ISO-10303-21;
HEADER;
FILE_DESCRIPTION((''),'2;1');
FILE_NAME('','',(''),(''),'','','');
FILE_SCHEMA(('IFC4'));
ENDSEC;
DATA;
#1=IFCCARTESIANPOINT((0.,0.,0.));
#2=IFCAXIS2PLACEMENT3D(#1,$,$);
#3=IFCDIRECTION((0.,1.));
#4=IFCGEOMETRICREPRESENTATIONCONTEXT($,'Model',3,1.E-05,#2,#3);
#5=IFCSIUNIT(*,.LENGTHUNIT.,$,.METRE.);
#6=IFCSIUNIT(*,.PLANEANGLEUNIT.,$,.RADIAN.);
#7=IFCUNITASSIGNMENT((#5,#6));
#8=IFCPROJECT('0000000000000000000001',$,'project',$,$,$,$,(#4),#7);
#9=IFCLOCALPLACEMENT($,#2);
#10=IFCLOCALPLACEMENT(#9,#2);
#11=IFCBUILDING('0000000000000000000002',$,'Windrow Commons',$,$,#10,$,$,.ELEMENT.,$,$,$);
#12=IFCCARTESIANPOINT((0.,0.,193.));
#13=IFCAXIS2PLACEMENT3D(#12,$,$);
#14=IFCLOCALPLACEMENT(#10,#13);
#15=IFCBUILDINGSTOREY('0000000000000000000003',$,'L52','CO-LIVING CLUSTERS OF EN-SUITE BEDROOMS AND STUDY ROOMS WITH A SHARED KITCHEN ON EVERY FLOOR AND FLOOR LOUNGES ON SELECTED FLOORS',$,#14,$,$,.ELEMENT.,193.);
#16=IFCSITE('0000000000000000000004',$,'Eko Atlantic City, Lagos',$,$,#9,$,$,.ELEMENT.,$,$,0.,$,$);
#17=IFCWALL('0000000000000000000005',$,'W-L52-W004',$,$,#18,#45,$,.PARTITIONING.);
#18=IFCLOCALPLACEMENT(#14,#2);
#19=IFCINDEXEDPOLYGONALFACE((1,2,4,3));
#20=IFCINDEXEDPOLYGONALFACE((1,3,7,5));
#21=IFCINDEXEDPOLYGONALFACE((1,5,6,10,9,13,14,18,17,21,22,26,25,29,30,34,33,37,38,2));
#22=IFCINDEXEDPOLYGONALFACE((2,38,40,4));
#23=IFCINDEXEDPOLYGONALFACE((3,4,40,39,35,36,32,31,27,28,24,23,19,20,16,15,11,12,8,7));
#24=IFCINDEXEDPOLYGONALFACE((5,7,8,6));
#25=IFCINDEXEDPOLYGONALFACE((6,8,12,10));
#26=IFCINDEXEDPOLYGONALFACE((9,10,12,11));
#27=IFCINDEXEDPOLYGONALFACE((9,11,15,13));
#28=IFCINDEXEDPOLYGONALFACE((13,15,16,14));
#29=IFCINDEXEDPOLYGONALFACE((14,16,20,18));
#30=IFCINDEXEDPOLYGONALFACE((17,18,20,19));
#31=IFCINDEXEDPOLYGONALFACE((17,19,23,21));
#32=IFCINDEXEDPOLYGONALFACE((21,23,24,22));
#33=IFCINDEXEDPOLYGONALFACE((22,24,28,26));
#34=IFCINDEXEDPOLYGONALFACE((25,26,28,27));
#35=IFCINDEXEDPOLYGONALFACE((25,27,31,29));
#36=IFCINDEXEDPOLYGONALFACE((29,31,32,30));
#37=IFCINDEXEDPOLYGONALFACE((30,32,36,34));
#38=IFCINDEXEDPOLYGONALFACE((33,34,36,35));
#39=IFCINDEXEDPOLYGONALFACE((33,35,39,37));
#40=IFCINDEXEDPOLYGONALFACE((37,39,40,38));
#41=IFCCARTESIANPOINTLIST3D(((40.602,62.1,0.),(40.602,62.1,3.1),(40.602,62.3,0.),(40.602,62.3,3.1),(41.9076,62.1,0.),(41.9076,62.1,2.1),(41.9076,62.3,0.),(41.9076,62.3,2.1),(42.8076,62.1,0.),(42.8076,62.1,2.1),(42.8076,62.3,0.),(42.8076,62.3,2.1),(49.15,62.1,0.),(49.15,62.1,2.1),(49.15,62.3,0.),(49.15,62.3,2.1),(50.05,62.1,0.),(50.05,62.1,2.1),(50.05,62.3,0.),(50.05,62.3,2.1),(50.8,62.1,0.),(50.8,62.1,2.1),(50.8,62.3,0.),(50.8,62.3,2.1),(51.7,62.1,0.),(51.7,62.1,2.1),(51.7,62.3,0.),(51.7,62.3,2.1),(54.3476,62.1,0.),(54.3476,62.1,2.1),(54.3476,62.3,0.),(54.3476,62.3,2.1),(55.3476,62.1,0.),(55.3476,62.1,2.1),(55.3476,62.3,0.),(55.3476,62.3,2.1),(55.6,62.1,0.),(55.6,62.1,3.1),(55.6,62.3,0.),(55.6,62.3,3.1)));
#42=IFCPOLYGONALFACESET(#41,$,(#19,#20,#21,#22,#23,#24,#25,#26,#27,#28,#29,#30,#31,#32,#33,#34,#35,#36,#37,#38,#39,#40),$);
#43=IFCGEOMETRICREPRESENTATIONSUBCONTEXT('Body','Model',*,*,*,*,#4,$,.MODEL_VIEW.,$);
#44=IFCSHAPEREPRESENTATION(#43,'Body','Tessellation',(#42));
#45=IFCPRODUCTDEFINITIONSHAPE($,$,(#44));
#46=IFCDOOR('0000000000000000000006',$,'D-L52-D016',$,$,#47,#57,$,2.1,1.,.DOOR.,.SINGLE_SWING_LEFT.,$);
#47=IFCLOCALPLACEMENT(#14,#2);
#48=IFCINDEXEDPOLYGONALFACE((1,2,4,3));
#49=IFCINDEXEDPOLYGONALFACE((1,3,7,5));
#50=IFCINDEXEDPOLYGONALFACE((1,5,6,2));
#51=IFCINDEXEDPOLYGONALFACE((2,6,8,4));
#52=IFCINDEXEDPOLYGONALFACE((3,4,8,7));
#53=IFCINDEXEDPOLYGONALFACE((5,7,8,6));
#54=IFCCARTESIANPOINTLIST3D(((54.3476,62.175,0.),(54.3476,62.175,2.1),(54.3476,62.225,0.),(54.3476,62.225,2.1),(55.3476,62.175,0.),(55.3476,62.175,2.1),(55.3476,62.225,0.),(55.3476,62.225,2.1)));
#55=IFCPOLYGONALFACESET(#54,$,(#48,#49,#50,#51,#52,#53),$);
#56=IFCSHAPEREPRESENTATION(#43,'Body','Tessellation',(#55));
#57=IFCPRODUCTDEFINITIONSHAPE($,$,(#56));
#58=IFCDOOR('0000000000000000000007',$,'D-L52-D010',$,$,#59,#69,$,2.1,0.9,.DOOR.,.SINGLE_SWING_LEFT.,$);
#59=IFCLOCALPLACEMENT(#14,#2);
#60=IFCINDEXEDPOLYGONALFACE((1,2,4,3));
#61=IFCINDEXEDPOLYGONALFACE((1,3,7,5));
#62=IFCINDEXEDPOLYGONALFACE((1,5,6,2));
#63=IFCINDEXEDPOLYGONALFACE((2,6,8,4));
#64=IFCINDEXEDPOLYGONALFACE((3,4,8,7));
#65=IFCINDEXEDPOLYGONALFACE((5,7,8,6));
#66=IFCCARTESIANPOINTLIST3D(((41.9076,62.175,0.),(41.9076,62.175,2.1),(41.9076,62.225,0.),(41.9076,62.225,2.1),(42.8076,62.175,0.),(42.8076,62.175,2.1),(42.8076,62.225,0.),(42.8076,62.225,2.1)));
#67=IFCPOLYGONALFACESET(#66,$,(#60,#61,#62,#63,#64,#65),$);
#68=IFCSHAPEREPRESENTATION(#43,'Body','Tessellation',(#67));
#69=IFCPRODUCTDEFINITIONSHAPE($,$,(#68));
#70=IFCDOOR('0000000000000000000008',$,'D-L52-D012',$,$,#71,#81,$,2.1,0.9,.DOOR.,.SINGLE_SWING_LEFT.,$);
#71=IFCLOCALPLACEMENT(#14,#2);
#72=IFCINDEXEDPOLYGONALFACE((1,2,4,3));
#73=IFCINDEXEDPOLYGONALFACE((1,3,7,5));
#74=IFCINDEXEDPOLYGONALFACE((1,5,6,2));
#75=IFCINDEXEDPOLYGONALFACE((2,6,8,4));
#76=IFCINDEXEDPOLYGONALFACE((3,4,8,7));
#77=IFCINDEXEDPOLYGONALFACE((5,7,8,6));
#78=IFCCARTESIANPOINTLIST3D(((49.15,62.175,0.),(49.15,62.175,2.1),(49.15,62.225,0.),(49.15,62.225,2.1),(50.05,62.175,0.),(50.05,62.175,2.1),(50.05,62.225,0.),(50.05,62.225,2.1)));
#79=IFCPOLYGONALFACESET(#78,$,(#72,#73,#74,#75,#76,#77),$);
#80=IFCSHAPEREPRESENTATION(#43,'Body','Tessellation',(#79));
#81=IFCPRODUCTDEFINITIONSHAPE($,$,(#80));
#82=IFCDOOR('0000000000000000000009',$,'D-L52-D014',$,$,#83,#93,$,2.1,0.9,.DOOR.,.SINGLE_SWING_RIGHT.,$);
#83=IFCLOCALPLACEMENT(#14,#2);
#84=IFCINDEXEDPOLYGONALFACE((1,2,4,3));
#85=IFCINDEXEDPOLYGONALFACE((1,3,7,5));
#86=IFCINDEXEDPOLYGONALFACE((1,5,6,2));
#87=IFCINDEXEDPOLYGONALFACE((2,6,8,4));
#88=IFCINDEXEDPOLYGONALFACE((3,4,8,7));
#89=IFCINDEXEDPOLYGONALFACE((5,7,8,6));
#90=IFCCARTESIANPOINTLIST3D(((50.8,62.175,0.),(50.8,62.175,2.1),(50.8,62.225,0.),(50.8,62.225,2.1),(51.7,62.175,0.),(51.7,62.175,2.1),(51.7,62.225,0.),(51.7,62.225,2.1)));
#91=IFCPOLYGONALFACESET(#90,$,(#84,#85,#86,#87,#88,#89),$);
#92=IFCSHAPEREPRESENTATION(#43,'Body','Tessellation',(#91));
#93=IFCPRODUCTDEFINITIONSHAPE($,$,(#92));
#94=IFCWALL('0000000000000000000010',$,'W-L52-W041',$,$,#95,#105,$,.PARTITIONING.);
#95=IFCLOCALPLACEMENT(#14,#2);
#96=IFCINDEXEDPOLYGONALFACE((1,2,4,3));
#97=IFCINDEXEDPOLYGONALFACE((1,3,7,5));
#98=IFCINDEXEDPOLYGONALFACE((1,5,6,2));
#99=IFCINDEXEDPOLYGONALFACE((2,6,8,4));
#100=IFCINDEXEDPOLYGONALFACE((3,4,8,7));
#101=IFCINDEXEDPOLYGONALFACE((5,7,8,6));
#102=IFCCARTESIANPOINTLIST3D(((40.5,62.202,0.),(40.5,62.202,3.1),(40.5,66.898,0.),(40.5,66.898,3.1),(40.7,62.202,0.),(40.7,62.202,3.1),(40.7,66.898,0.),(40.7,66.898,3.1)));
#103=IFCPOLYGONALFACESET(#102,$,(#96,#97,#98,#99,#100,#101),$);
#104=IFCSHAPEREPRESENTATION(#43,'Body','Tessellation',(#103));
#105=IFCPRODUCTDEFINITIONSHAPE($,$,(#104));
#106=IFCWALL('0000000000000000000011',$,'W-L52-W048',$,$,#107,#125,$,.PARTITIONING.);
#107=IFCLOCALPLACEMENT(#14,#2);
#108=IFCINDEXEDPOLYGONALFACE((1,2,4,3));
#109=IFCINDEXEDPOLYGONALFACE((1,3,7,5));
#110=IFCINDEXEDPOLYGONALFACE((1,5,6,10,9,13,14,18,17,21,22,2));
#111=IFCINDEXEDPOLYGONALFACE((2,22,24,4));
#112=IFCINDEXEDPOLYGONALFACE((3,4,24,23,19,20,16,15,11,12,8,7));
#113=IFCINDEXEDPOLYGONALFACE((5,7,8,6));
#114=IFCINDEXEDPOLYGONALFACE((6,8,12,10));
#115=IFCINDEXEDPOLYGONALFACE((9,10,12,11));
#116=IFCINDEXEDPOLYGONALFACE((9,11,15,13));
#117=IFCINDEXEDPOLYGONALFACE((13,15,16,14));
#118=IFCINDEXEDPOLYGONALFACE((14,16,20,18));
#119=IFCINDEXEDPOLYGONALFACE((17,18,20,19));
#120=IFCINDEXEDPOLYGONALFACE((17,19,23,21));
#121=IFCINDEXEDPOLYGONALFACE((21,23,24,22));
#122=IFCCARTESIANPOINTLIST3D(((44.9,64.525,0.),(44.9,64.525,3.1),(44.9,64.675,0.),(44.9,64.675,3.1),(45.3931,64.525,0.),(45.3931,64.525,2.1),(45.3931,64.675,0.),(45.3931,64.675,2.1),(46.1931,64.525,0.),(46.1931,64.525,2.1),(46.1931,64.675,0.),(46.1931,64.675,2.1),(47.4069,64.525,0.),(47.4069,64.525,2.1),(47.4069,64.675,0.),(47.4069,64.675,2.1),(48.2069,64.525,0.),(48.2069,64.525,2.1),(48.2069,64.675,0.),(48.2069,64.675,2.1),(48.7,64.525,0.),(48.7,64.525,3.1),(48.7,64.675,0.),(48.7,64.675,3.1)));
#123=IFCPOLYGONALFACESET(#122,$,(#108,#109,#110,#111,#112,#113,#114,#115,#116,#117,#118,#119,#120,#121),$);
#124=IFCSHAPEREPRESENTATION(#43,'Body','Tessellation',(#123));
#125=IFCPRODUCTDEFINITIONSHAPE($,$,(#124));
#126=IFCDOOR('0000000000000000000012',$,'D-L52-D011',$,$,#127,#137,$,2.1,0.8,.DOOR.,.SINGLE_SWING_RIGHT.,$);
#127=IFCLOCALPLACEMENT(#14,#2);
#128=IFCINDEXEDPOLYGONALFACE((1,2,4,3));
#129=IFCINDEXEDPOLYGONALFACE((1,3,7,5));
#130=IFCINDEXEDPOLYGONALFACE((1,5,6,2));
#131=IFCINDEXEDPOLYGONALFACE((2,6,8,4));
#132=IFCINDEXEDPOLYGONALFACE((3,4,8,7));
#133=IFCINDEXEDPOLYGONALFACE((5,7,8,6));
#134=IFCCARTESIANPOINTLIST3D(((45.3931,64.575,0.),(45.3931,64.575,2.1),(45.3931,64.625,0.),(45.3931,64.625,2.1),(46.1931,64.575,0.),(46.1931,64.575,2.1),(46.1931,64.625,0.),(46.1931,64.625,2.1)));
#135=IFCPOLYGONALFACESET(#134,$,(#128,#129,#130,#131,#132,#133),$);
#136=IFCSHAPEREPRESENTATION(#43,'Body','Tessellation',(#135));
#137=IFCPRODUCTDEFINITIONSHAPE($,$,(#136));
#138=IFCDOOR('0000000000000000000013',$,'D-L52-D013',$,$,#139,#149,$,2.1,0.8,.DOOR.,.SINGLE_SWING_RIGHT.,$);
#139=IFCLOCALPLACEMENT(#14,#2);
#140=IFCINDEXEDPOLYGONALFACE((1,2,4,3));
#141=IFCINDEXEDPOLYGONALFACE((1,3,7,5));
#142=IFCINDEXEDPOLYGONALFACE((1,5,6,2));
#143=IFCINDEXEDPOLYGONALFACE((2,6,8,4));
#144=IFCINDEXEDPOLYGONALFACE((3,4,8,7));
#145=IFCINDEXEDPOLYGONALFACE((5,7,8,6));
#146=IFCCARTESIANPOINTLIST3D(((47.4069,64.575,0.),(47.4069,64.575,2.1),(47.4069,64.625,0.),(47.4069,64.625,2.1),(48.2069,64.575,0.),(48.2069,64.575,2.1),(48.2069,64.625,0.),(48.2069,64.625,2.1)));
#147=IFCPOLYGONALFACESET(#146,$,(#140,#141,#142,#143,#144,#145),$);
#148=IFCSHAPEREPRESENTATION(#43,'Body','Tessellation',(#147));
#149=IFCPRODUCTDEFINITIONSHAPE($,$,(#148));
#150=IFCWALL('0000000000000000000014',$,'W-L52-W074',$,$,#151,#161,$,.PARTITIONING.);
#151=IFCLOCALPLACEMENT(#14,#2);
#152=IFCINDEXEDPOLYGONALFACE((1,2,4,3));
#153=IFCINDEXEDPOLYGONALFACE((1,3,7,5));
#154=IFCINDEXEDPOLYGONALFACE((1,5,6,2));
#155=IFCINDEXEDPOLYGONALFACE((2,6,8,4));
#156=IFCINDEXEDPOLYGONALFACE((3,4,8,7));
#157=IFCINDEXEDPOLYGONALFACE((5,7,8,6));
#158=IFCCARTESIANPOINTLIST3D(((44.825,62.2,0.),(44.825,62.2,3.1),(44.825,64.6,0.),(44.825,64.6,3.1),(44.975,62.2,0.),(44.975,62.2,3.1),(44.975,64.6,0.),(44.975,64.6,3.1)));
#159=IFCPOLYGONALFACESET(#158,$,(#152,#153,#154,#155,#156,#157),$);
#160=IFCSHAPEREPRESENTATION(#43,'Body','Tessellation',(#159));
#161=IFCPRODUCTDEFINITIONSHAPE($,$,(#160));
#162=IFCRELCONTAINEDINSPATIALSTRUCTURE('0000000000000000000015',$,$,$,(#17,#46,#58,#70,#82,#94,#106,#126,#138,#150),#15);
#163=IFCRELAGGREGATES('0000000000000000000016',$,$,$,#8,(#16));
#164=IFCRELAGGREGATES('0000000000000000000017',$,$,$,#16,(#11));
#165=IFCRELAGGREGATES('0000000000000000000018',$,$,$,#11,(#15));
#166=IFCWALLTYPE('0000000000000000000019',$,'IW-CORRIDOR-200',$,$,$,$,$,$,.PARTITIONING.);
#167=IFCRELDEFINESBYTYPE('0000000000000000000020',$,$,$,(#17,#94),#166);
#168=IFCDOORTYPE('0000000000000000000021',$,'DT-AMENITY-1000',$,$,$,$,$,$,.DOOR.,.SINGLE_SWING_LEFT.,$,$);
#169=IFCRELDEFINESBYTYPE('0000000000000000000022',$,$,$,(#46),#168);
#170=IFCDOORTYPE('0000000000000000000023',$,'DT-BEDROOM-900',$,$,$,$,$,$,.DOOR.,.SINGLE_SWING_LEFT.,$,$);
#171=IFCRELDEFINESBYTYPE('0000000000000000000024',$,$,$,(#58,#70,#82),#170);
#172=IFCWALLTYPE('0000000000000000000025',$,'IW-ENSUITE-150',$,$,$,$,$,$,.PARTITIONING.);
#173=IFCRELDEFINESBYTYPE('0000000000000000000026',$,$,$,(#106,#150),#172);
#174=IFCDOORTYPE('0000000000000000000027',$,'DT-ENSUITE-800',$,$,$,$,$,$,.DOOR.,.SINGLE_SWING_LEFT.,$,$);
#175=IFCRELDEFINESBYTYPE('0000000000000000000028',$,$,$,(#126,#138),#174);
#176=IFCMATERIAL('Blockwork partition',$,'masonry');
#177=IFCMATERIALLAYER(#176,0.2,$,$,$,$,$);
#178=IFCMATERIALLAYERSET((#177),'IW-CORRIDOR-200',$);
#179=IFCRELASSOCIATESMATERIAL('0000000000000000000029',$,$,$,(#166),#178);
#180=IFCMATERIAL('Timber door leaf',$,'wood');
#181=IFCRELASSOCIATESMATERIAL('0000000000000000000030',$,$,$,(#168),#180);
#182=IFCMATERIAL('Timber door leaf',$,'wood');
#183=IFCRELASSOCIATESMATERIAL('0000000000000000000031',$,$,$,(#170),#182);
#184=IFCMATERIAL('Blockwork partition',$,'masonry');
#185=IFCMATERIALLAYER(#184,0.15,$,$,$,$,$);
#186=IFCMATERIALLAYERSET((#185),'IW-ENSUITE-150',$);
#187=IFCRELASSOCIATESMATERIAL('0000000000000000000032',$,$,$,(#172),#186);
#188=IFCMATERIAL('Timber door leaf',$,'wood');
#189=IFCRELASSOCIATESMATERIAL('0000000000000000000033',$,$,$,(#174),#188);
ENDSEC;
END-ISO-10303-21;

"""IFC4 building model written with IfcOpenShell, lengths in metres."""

from ifc_helpers import new_model, si_unit, direction, frame, frame_2d, origin, place, context, subcontext, project, spatial, rectangle, extrude, material, layer, layer_set, type_object, element, fill, save


model = new_model("IFC4")

# Units and contexts
model_context = context("Model", 3, precision=1e-05, world=origin(), true_north=direction((0.0, 1.0)))
body_context = subcontext(model_context, "Body", "Model", "MODEL_VIEW")
ifc_project = project(units=[si_unit("LENGTHUNIT", "METRE"), si_unit("PLANEANGLEUNIT", "RADIAN")], contexts=[model_context])

# Site, building, storey
site_placement = place(None, origin())
site = spatial("IfcSite", under=ifc_project, at=site_placement, Name="Eko Atlantic City, Lagos", CompositionType="ELEMENT", RefElevation=0.0)
building_placement = place(site_placement, origin())
building = spatial("IfcBuilding", under=site, at=building_placement, Name="Windrow Commons", CompositionType="ELEMENT")
storey_placement = place(building_placement, frame((0.0, 0.0, 193.0)))
storey = spatial("IfcBuildingStorey", under=building, at=storey_placement, Name="L52", Description="CO-LIVING CLUSTERS OF EN-SUITE BEDROOMS AND STUDY ROOMS WITH A SHARED KITCHEN ON EVERY FLOOR AND FLOOR LOUNGES ON SELECTED FLOORS", CompositionType="ELEMENT", Elevation=193.0)

# Wall, openings, doors
ifc_material_1 = material(Name="Blockwork partition", Category="masonry")
ifc_layer_1 = layer(ifc_material_1, 0.2)
ifc_layer_set_1 = layer_set([ifc_layer_1], Name="IW-CORRIDOR-200")
wall_type_1 = type_object("IfcWallType", Name="IW-CORRIDOR-200", PredefinedType="PARTITIONING", material=ifc_layer_set_1)
wall_1_placement = place(storey_placement, frame((40.602, 62.2, 0.0), z_axis=(0.0, 0.0, 1.0), x_axis=(1.0, 0.0, 0.0)))
wall_1 = element("IfcWall", 1, at=wall_1_placement, inside=storey, type_object=wall_type_1, Name="W-L52-W004", PredefinedType="PARTITIONING", context=body_context, shape_type="SweptSolid", body=[
    extrude(rectangle(XDim=14.998, YDim=0.2, at=frame_2d((7.499, 0.0))), origin(), (0.0, 0.0, 1.0), 3.1),
])
opening_1_placement = place(wall_1_placement, frame((1.3056, 0.0, 0.0)))
opening_1 = element("IfcOpeningElement", 2, at=opening_1_placement, cuts=wall_1, PredefinedType="OPENING", context=body_context, shape_type="SweptSolid", body=[
    extrude(rectangle(XDim=0.9, YDim=2.1, at=frame_2d((0.45, 1.05))), frame((0.0, 0.11, 0.0), z_axis=(0.0, -1.0, 0.0), x_axis=(1.0, 0.0, 0.0)), (0.0, 0.0, 1.0), 0.22),
])
opening_2_placement = place(wall_1_placement, frame((8.548, 0.0, 0.0)))
opening_2 = element("IfcOpeningElement", 3, at=opening_2_placement, cuts=wall_1, PredefinedType="OPENING", context=body_context, shape_type="SweptSolid", body=[
    extrude(rectangle(XDim=0.9, YDim=2.1, at=frame_2d((0.45, 1.05))), frame((0.0, 0.11, 0.0), z_axis=(0.0, -1.0, 0.0), x_axis=(1.0, 0.0, 0.0)), (0.0, 0.0, 1.0), 0.22),
])
opening_3_placement = place(wall_1_placement, frame((10.198, 0.0, 0.0)))
opening_3 = element("IfcOpeningElement", 4, at=opening_3_placement, cuts=wall_1, PredefinedType="OPENING", context=body_context, shape_type="SweptSolid", body=[
    extrude(rectangle(XDim=0.9, YDim=2.1, at=frame_2d((0.45, 1.05))), frame((0.0, 0.11, 0.0), z_axis=(0.0, -1.0, 0.0), x_axis=(1.0, 0.0, 0.0)), (0.0, 0.0, 1.0), 0.22),
])
opening_4_placement = place(wall_1_placement, frame((13.7456, 0.0, 0.0)))
opening_4 = element("IfcOpeningElement", 5, at=opening_4_placement, cuts=wall_1, PredefinedType="OPENING", context=body_context, shape_type="SweptSolid", body=[
    extrude(rectangle(XDim=1.0, YDim=2.1, at=frame_2d((0.5, 1.05))), frame((0.0, 0.11, 0.0), z_axis=(0.0, -1.0, 0.0), x_axis=(1.0, 0.0, 0.0)), (0.0, 0.0, 1.0), 0.22),
])
ifc_material_2 = material(Name="Timber door leaf", Category="wood")
door_type_1 = type_object("IfcDoorType", Name="DT-AMENITY-1000", OperationType="SINGLE_SWING_LEFT", PredefinedType="DOOR", material=ifc_material_2)
door_1_placement = place(opening_4_placement, origin())
door_1 = element("IfcDoor", 6, at=door_1_placement, inside=storey, type_object=door_type_1, Name="D-L52-D016", OperationType="SINGLE_SWING_LEFT", OverallHeight=2.1, OverallWidth=1.0, PredefinedType="DOOR", context=body_context, shape_type="SweptSolid", body=[
    extrude(rectangle(XDim=1.0, YDim=2.1, at=frame_2d((0.5, 1.05))), frame((0.0, 0.025, 0.0), z_axis=(0.0, -1.0, 0.0), x_axis=(1.0, 0.0, 0.0)), (0.0, 0.0, 1.0), 0.05),
])
fill(opening_4, door_1)
ifc_material_3 = material(Name="Timber door leaf", Category="wood")
door_type_2 = type_object("IfcDoorType", Name="DT-BEDROOM-900", OperationType="SINGLE_SWING_LEFT", PredefinedType="DOOR", material=ifc_material_3)
door_2_placement = place(opening_1_placement, origin())
door_2 = element("IfcDoor", 7, at=door_2_placement, inside=storey, type_object=door_type_2, Name="D-L52-D010", OperationType="SINGLE_SWING_LEFT", OverallHeight=2.1, OverallWidth=0.9, PredefinedType="DOOR", context=body_context, shape_type="SweptSolid", body=[
    extrude(rectangle(XDim=0.9, YDim=2.1, at=frame_2d((0.45, 1.05))), frame((0.0, 0.025, 0.0), z_axis=(0.0, -1.0, 0.0), x_axis=(1.0, 0.0, 0.0)), (0.0, 0.0, 1.0), 0.05),
])
fill(opening_1, door_2)
door_3_placement = place(opening_2_placement, origin())
door_3 = element("IfcDoor", 8, at=door_3_placement, inside=storey, type_object=door_type_2, Name="D-L52-D012", OperationType="SINGLE_SWING_LEFT", OverallHeight=2.1, OverallWidth=0.9, PredefinedType="DOOR", context=body_context, shape_type="SweptSolid", body=[
    extrude(rectangle(XDim=0.9, YDim=2.1, at=frame_2d((0.45, 1.05))), frame((0.0, 0.025, 0.0), z_axis=(0.0, -1.0, 0.0), x_axis=(1.0, 0.0, 0.0)), (0.0, 0.0, 1.0), 0.05),
])
fill(opening_2, door_3)
door_4_placement = place(opening_3_placement, origin())
door_4 = element("IfcDoor", 9, at=door_4_placement, inside=storey, type_object=door_type_2, Name="D-L52-D014", OperationType="SINGLE_SWING_RIGHT", OverallHeight=2.1, OverallWidth=0.9, PredefinedType="DOOR", context=body_context, shape_type="SweptSolid", body=[
    extrude(rectangle(XDim=0.9, YDim=2.1, at=frame_2d((0.45, 1.05))), frame((0.0, 0.025, 0.0), z_axis=(0.0, -1.0, 0.0), x_axis=(1.0, 0.0, 0.0)), (0.0, 0.0, 1.0), 0.05),
])
fill(opening_3, door_4)

# Wall
wall_2_placement = place(storey_placement, frame((40.6, 62.202, 0.0), z_axis=(0.0, 0.0, 1.0), x_axis=(0.0, 1.0, 0.0)))
element("IfcWall", 10, at=wall_2_placement, inside=storey, type_object=wall_type_1, Name="W-L52-W041", PredefinedType="PARTITIONING", context=body_context, shape_type="SweptSolid", body=[
    extrude(rectangle(XDim=4.696, YDim=0.2, at=frame_2d((2.348, 0.0))), origin(), (0.0, 0.0, 1.0), 3.1),
])

# Wall, openings, doors
ifc_material_4 = material(Name="Blockwork partition", Category="masonry")
ifc_layer_2 = layer(ifc_material_4, 0.15)
ifc_layer_set_2 = layer_set([ifc_layer_2], Name="IW-ENSUITE-150")
wall_type_2 = type_object("IfcWallType", Name="IW-ENSUITE-150", PredefinedType="PARTITIONING", material=ifc_layer_set_2)
wall_3_placement = place(storey_placement, frame((44.9, 64.6, 0.0), z_axis=(0.0, 0.0, 1.0), x_axis=(1.0, 0.0, 0.0)))
wall_3 = element("IfcWall", 11, at=wall_3_placement, inside=storey, type_object=wall_type_2, Name="W-L52-W048", PredefinedType="PARTITIONING", context=body_context, shape_type="SweptSolid", body=[
    extrude(rectangle(XDim=3.8, YDim=0.15, at=frame_2d((1.9, 0.0))), origin(), (0.0, 0.0, 1.0), 3.1),
])
opening_5_placement = place(wall_3_placement, frame((0.4931, 0.0, 0.0)))
opening_5 = element("IfcOpeningElement", 12, at=opening_5_placement, cuts=wall_3, PredefinedType="OPENING", context=body_context, shape_type="SweptSolid", body=[
    extrude(rectangle(XDim=0.8, YDim=2.1, at=frame_2d((0.4, 1.05))), frame((0.0, 0.085, 0.0), z_axis=(0.0, -1.0, 0.0), x_axis=(1.0, 0.0, 0.0)), (0.0, 0.0, 1.0), 0.17),
])
opening_6_placement = place(wall_3_placement, frame((2.5069, 0.0, 0.0)))
opening_6 = element("IfcOpeningElement", 13, at=opening_6_placement, cuts=wall_3, PredefinedType="OPENING", context=body_context, shape_type="SweptSolid", body=[
    extrude(rectangle(XDim=0.8, YDim=2.1, at=frame_2d((0.4, 1.05))), frame((0.0, 0.085, 0.0), z_axis=(0.0, -1.0, 0.0), x_axis=(1.0, 0.0, 0.0)), (0.0, 0.0, 1.0), 0.17),
])
ifc_material_5 = material(Name="Timber door leaf", Category="wood")
door_type_3 = type_object("IfcDoorType", Name="DT-ENSUITE-800", OperationType="SINGLE_SWING_LEFT", PredefinedType="DOOR", material=ifc_material_5)
door_5_placement = place(opening_5_placement, origin())
door_5 = element("IfcDoor", 14, at=door_5_placement, inside=storey, type_object=door_type_3, Name="D-L52-D011", OperationType="SINGLE_SWING_RIGHT", OverallHeight=2.1, OverallWidth=0.8, PredefinedType="DOOR", context=body_context, shape_type="SweptSolid", body=[
    extrude(rectangle(XDim=0.8, YDim=2.1, at=frame_2d((0.4, 1.05))), frame((0.0, 0.025, 0.0), z_axis=(0.0, -1.0, 0.0), x_axis=(1.0, 0.0, 0.0)), (0.0, 0.0, 1.0), 0.05),
])
fill(opening_5, door_5)
door_6_placement = place(opening_6_placement, origin())
door_6 = element("IfcDoor", 15, at=door_6_placement, inside=storey, type_object=door_type_3, Name="D-L52-D013", OperationType="SINGLE_SWING_RIGHT", OverallHeight=2.1, OverallWidth=0.8, PredefinedType="DOOR", context=body_context, shape_type="SweptSolid", body=[
    extrude(rectangle(XDim=0.8, YDim=2.1, at=frame_2d((0.4, 1.05))), frame((0.0, 0.025, 0.0), z_axis=(0.0, -1.0, 0.0), x_axis=(1.0, 0.0, 0.0)), (0.0, 0.0, 1.0), 0.05),
])
fill(opening_6, door_6)

# Wall
for number, where, z_axis, x_axis, name in (
    (16, (44.9, 62.2, 0.0), (0.0, 0.0, 1.0), (0.0, 1.0, 0.0), "W-L52-W074"),
):
    element("IfcWall", number, at=place(storey_placement, frame(where, z_axis=z_axis, x_axis=x_axis)), inside=storey, type_object=wall_type_2, Name=name, PredefinedType="PARTITIONING", context=body_context, shape_type="SweptSolid", body=[
        extrude(rectangle(XDim=2.4, YDim=0.15, at=frame_2d((1.2, 0.0))), origin(), (0.0, 0.0, 1.0), 3.1),
    ])

save(model, "model.ifc")
